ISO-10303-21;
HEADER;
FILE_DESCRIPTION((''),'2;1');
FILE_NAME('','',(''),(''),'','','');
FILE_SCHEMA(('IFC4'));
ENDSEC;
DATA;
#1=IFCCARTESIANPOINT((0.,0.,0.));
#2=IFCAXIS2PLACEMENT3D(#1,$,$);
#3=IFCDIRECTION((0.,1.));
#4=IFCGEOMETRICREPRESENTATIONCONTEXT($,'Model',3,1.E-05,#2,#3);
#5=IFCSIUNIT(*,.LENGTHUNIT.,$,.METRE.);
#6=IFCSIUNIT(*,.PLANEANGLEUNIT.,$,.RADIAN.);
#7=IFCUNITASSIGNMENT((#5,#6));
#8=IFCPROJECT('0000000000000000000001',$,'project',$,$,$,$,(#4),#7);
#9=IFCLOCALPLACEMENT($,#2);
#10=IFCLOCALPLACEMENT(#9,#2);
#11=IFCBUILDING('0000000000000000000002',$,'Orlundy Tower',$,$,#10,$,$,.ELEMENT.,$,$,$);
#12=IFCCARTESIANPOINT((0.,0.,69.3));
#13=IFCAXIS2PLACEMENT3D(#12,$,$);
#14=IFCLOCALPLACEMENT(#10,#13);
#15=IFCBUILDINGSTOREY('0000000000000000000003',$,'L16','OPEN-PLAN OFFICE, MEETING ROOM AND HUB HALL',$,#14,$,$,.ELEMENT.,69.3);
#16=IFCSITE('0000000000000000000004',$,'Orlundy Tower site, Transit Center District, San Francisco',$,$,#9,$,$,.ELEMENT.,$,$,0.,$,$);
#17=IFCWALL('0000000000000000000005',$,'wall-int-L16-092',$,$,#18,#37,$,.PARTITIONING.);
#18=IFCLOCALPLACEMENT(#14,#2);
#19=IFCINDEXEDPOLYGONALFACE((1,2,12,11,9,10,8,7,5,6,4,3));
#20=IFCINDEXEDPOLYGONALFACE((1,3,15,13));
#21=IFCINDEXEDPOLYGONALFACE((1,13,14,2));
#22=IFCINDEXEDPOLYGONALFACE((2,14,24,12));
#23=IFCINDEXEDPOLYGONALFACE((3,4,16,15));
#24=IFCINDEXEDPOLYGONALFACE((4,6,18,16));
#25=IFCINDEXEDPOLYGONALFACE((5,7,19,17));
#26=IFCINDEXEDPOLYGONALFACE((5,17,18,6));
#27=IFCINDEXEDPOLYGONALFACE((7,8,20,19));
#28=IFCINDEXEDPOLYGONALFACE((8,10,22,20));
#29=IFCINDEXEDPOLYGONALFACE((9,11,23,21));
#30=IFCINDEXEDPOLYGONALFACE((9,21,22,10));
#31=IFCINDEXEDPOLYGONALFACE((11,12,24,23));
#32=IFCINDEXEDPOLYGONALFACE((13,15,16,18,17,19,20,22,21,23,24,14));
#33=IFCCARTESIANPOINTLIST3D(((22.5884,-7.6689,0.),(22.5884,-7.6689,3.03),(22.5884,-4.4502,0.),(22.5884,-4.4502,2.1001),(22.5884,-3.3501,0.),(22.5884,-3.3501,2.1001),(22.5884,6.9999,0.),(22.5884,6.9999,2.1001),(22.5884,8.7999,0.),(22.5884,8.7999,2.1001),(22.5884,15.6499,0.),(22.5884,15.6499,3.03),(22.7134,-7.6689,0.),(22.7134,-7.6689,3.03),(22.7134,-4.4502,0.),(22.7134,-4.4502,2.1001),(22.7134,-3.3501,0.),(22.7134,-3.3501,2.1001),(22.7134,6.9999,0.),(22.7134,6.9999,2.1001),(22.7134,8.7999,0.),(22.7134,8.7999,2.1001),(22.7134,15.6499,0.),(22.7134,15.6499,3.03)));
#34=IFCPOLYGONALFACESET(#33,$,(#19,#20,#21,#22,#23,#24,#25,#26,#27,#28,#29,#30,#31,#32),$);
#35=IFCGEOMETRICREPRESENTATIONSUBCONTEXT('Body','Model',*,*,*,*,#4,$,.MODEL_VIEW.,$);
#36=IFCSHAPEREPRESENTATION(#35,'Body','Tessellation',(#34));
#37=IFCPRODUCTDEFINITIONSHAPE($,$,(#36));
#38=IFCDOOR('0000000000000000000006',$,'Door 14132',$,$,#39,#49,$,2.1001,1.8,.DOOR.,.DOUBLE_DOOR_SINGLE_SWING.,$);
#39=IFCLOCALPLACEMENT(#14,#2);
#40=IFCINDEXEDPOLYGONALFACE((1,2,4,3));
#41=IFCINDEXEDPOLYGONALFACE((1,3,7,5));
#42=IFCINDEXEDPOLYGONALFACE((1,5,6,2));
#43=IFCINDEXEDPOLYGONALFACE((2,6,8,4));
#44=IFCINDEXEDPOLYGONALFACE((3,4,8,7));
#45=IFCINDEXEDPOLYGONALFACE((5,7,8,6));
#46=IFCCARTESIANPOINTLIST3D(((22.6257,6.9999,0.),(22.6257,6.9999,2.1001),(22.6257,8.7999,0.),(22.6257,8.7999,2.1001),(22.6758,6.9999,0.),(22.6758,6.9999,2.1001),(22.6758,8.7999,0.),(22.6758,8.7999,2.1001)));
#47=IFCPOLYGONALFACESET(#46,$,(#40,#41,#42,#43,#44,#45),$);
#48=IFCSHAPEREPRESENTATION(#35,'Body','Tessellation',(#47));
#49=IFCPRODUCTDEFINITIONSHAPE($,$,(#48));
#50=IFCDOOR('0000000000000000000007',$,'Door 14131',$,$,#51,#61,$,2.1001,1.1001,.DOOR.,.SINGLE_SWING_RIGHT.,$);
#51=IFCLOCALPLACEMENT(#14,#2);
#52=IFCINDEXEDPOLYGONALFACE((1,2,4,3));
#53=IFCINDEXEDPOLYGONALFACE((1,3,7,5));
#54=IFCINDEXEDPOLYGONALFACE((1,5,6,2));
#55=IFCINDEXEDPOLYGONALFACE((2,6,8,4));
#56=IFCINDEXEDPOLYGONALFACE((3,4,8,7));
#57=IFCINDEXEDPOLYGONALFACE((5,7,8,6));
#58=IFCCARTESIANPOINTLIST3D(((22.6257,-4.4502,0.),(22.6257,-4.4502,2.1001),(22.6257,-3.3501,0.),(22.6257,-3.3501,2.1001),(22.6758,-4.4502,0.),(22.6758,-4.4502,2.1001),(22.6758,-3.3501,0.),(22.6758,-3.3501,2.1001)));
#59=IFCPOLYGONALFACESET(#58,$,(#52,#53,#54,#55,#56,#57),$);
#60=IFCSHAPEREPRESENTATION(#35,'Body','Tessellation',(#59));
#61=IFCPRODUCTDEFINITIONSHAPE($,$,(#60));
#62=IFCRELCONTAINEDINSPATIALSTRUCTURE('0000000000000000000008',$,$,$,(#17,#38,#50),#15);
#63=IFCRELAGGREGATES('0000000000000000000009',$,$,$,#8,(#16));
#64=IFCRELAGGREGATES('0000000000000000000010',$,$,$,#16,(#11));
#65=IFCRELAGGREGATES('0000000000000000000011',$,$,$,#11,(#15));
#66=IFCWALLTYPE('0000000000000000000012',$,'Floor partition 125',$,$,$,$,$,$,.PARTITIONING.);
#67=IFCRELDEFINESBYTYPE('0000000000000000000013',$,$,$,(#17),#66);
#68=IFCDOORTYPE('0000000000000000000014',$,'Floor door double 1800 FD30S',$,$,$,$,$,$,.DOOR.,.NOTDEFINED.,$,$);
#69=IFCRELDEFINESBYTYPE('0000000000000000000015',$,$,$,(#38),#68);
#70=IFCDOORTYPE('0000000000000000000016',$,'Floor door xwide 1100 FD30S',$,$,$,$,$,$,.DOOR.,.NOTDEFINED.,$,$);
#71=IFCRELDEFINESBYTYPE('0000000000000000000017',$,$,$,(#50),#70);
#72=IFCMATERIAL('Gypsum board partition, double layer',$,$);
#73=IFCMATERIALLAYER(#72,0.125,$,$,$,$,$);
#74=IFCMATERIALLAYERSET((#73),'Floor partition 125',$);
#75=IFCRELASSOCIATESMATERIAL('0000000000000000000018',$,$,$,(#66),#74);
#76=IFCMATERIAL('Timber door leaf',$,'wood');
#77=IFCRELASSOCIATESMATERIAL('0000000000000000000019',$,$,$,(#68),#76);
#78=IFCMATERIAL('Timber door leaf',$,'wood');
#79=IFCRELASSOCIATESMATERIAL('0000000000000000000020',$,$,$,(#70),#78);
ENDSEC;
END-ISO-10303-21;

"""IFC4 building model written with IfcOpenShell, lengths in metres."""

from ifc_helpers import new_model, si_unit, direction, frame, frame_2d, origin, place, context, subcontext, project, spatial, rectangle, extrude, material, layer, layer_set, type_object, element, fill, save


model = new_model("IFC4")

# Units and contexts
model_context = context("Model", 3, precision=1e-05, world=origin(), true_north=direction((0.0, 1.0)))
body_context = subcontext(model_context, "Body", "Model", "MODEL_VIEW")
ifc_project = project(units=[si_unit("LENGTHUNIT", "METRE"), si_unit("PLANEANGLEUNIT", "RADIAN")], contexts=[model_context])

# Site, building, storey
site_placement = place(None, origin())
site = spatial("IfcSite", under=ifc_project, at=site_placement, Name="Orlundy Tower site, Transit Center District, San Francisco", CompositionType="ELEMENT", RefElevation=0.0)
building_placement = place(site_placement, origin())
building = spatial("IfcBuilding", under=site, at=building_placement, Name="Orlundy Tower", CompositionType="ELEMENT")
storey_placement = place(building_placement, frame((0.0, 0.0, 69.3)))
storey = spatial("IfcBuildingStorey", under=building, at=storey_placement, Name="L16", Description="OPEN-PLAN OFFICE, MEETING ROOM AND HUB HALL", CompositionType="ELEMENT", Elevation=69.3)

# Shared definitions
ifc_material_1 = material(Name="Gypsum board partition, double layer")
ifc_layer_1 = layer(ifc_material_1, 0.125)
ifc_layer_set_1 = layer_set([ifc_layer_1], Name="Floor partition 125")
wall_type_1 = type_object("IfcWallType", Name="Floor partition 125", PredefinedType="PARTITIONING", material=ifc_layer_set_1)

# Wall, openings, doors
wall_1_placement = place(storey_placement, frame((22.6509, 15.6499, 0.0), z_axis=(0.0, 0.0, 1.0), x_axis=(0.0, -1.0, 0.0)))
wall_1 = element("IfcWall", 1, at=wall_1_placement, inside=storey, type_object=wall_type_1, Name="wall-int-L16-092", PredefinedType="PARTITIONING", context=body_context, shape_type="SweptSolid", body=[
    extrude(rectangle(XDim=23.3188, YDim=0.125, at=frame_2d((11.6594, 0.0))), origin(), (0.0, 0.0, 1.0), 3.03),
])
opening_1_placement = place(wall_1_placement, frame((19.0, 0.0, 0.0)))
opening_1 = element("IfcOpeningElement", 2, at=opening_1_placement, cuts=wall_1, PredefinedType="OPENING", context=body_context, shape_type="SweptSolid", body=[
    extrude(rectangle(XDim=1.1001, YDim=2.1001, at=frame_2d((0.55, 1.05))), frame((0.0, 0.0725, 0.0), z_axis=(0.0, -1.0, 0.0), x_axis=(1.0, 0.0, 0.0)), (0.0, 0.0, 1.0), 0.145),
])
opening_2_placement = place(wall_1_placement, frame((6.8501, 0.0, 0.0)))
opening_2 = element("IfcOpeningElement", 3, at=opening_2_placement, cuts=wall_1, PredefinedType="OPENING", context=body_context, shape_type="SweptSolid", body=[
    extrude(rectangle(XDim=1.8, YDim=2.1001, at=frame_2d((0.8999, 1.05))), frame((0.0, 0.0725, 0.0), z_axis=(0.0, -1.0, 0.0), x_axis=(1.0, 0.0, 0.0)), (0.0, 0.0, 1.0), 0.145),
])
ifc_material_2 = material(Name="Timber door leaf", Category="wood")
door_type_1 = type_object("IfcDoorType", Name="Floor door double 1800 FD30S", OperationType="NOTDEFINED", PredefinedType="DOOR", material=ifc_material_2)
door_1_placement = place(opening_2_placement, origin())
door_1 = element("IfcDoor", 4, at=door_1_placement, inside=storey, type_object=door_type_1, Name="Door 14132", OperationType="DOUBLE_DOOR_SINGLE_SWING", OverallHeight=2.1001, OverallWidth=1.8, PredefinedType="DOOR", context=body_context, shape_type="SweptSolid", body=[
    extrude(rectangle(XDim=1.8, YDim=2.1001, at=frame_2d((0.8999, 1.05))), frame((0.0, 0.0249, 0.0), z_axis=(0.0, -1.0, 0.0), x_axis=(1.0, 0.0, 0.0)), (0.0, 0.0, 1.0), 0.05),
])
fill(opening_2, door_1)
ifc_material_3 = material(Name="Timber door leaf", Category="wood")
door_type_2 = type_object("IfcDoorType", Name="Floor door xwide 1100 FD30S", OperationType="NOTDEFINED", PredefinedType="DOOR", material=ifc_material_3)
door_2_placement = place(opening_1_placement, origin())
door_2 = element("IfcDoor", 5, at=door_2_placement, inside=storey, type_object=door_type_2, Name="Door 14131", OperationType="SINGLE_SWING_RIGHT", OverallHeight=2.1001, OverallWidth=1.1001, PredefinedType="DOOR", context=body_context, shape_type="SweptSolid", body=[
    extrude(rectangle(XDim=1.1001, YDim=2.1001, at=frame_2d((0.55, 1.05))), frame((0.0, 0.0249, 0.0), z_axis=(0.0, -1.0, 0.0), x_axis=(1.0, 0.0, 0.0)), (0.0, 0.0, 1.0), 0.05),
])
fill(opening_1, door_2)

save(model, "model.ifc")
